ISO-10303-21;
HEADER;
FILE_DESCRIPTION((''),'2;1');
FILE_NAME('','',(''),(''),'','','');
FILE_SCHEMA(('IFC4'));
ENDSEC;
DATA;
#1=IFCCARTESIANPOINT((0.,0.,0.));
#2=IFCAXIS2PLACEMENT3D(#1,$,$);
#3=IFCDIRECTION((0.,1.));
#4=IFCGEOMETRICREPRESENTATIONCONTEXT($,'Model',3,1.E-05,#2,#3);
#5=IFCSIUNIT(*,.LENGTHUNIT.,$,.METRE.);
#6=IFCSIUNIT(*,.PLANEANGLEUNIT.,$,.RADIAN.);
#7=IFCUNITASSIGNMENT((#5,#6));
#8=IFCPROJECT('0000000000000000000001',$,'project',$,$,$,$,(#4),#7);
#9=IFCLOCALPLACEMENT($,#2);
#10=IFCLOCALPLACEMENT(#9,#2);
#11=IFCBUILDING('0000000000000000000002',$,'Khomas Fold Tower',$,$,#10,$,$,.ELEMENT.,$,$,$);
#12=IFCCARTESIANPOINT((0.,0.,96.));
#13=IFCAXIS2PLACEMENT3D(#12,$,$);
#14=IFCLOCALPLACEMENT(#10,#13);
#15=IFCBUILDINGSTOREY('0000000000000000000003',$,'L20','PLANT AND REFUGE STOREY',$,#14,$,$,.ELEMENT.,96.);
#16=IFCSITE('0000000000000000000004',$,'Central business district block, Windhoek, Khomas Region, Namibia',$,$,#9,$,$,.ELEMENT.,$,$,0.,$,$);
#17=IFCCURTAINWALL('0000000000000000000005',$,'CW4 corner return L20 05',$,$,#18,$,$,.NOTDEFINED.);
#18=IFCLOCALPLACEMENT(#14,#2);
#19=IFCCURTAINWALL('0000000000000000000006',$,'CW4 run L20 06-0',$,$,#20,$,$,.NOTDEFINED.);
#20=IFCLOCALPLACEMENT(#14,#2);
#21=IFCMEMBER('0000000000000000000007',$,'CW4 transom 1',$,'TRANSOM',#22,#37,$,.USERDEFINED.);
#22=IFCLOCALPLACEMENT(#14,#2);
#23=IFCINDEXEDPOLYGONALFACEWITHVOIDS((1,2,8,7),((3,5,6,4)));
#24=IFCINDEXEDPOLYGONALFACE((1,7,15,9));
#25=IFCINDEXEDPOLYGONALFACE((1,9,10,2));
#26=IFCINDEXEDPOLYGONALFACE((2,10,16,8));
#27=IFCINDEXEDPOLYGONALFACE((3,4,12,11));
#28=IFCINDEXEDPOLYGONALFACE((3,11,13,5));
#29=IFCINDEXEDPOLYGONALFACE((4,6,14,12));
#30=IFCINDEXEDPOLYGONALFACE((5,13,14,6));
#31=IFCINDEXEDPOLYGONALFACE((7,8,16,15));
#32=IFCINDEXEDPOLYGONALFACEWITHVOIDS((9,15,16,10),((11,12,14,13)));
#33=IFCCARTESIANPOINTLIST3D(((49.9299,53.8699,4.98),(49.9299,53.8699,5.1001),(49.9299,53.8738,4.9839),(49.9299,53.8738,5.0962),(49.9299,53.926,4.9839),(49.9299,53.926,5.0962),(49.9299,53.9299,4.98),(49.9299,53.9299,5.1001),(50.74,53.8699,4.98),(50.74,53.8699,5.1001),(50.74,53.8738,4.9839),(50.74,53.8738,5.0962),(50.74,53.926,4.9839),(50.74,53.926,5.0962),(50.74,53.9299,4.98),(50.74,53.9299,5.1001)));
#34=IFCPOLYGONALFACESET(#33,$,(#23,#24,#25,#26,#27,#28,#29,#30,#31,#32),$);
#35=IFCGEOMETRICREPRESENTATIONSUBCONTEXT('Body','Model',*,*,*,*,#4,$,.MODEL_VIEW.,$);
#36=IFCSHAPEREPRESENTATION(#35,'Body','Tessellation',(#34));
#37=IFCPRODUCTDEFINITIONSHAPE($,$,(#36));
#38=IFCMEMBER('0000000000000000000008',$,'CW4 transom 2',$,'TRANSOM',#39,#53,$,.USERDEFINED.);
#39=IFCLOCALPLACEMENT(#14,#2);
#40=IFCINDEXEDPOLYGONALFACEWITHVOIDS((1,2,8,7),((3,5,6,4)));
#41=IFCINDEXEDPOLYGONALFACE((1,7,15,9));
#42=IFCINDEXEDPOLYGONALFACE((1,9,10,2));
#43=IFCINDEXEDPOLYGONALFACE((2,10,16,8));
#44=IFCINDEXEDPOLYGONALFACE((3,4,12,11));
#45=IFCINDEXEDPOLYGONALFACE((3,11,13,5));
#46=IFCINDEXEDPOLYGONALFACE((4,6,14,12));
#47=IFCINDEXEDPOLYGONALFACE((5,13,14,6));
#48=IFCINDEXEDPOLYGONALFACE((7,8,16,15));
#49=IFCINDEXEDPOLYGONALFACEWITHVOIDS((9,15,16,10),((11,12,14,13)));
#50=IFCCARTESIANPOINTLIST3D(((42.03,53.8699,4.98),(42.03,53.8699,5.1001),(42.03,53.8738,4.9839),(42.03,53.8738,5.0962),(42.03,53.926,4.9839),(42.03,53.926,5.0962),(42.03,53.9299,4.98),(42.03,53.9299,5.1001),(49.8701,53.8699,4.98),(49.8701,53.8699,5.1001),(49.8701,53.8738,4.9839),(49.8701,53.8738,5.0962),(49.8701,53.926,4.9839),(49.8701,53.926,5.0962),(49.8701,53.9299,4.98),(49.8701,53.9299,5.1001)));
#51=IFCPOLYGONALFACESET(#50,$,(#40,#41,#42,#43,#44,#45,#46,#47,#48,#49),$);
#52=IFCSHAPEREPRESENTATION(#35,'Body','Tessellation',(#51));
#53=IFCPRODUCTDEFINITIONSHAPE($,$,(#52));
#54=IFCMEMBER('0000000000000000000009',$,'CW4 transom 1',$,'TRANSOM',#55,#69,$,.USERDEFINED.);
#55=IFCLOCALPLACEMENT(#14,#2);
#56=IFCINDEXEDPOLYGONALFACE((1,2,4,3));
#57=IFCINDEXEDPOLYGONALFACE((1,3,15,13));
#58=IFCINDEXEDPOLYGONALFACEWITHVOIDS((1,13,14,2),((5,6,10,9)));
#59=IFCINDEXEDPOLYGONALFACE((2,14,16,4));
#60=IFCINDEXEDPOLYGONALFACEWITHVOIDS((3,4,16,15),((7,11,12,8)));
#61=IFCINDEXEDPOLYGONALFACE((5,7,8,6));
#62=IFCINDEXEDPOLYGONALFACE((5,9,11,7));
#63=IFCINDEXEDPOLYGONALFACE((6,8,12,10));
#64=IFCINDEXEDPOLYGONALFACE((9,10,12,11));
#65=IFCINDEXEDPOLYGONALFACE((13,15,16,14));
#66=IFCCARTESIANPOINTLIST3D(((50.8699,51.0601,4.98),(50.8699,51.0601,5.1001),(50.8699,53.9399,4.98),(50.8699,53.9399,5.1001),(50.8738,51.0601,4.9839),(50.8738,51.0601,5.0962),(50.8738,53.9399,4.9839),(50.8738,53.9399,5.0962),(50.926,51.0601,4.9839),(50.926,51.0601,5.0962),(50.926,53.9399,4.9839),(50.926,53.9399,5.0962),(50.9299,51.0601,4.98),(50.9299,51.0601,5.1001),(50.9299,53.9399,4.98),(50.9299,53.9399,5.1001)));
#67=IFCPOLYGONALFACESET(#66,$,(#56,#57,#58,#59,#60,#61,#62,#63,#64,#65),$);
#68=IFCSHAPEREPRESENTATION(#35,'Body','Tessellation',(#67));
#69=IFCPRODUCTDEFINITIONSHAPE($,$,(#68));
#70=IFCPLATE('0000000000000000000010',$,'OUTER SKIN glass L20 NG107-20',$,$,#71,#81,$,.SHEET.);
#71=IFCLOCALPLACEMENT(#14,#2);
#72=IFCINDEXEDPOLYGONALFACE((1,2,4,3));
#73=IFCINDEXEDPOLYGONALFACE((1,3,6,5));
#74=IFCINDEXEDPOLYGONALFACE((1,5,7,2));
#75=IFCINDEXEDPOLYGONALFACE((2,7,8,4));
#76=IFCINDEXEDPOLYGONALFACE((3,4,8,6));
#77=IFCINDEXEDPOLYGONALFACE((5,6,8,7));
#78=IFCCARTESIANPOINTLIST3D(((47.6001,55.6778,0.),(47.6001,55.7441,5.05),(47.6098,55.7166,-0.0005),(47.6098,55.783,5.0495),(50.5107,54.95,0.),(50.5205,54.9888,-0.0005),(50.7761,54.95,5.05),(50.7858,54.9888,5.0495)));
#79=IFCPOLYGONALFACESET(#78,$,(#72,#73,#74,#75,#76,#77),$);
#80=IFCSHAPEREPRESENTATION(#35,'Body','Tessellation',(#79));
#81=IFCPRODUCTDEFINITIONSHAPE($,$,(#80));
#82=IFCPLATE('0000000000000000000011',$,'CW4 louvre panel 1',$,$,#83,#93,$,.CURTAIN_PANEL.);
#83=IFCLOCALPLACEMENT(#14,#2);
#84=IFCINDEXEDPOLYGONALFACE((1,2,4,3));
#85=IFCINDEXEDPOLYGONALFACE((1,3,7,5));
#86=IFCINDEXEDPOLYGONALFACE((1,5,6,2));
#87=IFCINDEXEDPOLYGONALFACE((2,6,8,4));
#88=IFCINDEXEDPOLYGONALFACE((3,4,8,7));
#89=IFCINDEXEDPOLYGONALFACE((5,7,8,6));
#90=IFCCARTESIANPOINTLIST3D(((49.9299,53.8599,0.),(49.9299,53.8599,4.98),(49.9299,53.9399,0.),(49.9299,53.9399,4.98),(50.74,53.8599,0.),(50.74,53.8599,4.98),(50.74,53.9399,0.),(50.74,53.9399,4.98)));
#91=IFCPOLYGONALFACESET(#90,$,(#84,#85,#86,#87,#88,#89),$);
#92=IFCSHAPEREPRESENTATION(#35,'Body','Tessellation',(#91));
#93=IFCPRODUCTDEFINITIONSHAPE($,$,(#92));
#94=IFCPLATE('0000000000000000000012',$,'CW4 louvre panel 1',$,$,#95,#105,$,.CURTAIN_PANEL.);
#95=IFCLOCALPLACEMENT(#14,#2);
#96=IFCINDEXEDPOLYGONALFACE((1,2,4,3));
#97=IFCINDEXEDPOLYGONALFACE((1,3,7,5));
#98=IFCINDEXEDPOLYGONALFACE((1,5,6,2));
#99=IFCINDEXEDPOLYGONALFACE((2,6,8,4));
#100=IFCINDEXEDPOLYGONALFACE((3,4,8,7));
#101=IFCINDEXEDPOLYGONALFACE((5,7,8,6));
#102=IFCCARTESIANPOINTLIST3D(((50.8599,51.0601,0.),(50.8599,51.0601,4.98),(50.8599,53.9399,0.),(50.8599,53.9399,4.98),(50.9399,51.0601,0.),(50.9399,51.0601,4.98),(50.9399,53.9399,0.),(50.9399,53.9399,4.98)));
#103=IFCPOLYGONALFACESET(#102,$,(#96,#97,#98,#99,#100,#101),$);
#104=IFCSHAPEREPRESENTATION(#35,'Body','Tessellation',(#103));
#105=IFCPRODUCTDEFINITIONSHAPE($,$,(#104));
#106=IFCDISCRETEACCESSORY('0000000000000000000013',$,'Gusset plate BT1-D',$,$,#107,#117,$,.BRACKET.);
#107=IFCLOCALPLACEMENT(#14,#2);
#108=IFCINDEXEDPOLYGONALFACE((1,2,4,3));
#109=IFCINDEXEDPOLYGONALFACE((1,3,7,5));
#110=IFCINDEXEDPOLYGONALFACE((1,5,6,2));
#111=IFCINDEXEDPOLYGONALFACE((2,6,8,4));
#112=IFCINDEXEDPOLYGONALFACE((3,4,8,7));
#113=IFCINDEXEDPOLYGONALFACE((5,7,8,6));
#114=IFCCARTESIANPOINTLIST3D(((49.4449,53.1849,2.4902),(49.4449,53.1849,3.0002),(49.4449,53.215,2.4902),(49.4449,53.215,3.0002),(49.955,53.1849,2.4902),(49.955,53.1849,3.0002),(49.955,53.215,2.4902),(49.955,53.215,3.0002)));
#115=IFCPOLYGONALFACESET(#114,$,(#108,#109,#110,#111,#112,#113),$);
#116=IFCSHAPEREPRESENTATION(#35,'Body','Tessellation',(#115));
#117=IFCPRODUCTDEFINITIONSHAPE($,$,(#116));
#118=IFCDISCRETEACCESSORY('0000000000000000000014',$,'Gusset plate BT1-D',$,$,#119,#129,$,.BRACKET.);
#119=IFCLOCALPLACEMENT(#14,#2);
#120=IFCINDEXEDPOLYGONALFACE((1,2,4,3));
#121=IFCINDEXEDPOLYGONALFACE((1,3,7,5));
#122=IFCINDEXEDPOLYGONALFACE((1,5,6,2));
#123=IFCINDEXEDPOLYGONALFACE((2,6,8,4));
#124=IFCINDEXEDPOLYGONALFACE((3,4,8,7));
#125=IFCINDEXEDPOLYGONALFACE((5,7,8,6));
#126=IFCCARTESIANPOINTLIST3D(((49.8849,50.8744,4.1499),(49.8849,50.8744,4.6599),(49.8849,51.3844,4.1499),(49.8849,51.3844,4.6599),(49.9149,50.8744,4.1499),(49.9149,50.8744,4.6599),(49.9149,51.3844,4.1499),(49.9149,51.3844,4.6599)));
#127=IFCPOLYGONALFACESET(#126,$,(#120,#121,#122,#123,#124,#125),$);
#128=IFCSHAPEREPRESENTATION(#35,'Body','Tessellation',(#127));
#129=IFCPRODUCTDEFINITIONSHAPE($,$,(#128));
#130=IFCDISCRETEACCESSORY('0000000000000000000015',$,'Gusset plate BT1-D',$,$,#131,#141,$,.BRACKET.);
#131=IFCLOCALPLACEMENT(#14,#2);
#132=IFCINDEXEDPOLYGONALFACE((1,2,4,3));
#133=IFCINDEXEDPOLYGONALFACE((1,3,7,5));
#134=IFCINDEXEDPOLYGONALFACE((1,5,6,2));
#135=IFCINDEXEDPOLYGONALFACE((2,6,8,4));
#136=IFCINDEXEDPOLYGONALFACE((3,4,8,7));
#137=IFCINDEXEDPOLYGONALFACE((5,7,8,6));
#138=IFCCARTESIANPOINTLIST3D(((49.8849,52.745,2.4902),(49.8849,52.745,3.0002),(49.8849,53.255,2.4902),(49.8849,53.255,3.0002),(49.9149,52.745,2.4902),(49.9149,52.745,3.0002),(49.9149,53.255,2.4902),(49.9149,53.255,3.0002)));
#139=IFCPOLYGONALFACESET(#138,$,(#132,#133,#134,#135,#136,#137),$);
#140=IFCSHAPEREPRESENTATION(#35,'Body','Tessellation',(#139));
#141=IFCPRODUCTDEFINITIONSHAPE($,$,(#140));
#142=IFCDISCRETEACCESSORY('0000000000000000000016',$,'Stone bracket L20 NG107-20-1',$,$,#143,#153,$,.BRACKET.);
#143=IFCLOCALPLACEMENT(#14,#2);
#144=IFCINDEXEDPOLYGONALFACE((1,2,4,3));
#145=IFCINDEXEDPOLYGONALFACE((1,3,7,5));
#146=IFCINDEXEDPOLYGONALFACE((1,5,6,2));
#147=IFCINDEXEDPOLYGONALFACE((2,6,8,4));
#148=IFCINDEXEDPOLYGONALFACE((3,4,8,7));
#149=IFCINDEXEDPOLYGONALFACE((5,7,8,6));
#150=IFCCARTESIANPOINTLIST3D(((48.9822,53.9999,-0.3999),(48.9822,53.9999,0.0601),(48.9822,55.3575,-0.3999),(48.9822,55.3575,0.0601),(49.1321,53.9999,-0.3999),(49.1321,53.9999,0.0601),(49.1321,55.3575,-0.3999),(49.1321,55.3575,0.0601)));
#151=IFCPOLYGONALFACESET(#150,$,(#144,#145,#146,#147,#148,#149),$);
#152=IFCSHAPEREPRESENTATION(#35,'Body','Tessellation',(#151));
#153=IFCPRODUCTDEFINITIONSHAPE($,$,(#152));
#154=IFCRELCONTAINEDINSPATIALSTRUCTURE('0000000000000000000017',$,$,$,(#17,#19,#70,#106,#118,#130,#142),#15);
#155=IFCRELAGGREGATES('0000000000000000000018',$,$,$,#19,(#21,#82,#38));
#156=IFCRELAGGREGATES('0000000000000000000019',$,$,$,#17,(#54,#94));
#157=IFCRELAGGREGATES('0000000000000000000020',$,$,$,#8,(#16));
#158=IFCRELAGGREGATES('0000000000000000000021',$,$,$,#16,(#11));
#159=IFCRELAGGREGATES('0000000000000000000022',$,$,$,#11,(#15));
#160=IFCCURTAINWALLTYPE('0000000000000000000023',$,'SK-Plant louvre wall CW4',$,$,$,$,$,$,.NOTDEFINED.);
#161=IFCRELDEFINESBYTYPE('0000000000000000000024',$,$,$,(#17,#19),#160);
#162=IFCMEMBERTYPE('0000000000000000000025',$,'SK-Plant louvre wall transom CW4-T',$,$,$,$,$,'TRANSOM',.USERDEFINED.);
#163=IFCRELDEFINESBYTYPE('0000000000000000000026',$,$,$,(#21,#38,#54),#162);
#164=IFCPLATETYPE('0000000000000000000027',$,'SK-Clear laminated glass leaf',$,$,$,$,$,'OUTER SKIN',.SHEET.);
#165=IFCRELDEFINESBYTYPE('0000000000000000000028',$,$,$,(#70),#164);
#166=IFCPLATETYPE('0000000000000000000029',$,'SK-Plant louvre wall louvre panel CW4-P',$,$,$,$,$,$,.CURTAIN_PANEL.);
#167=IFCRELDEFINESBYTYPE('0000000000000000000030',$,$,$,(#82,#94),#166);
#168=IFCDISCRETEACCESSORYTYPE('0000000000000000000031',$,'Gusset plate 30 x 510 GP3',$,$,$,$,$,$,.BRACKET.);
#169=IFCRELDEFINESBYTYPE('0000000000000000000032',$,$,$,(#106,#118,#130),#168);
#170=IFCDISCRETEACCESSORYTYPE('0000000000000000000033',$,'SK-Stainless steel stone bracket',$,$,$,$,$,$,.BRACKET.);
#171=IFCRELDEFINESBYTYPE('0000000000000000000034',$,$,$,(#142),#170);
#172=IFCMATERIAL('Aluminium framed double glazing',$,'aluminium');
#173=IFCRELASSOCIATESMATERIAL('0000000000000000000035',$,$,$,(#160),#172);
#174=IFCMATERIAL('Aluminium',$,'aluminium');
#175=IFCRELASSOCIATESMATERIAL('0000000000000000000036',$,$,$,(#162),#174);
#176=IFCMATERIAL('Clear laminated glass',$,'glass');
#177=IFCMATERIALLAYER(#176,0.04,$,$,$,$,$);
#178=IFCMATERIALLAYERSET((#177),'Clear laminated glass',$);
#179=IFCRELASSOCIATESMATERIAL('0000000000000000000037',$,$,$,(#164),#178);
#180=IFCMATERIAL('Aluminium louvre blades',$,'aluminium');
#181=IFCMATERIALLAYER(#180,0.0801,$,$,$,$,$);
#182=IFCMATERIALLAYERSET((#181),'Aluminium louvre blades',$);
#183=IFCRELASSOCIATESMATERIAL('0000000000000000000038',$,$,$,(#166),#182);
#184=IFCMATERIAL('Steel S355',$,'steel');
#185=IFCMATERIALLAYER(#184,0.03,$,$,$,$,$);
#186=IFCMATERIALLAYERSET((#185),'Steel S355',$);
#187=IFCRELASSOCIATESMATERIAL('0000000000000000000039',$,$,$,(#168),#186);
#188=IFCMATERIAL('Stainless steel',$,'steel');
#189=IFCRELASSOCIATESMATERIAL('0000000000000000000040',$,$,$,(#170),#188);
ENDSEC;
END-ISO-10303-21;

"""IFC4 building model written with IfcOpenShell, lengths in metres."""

from ifc_helpers import new_model, si_unit, direction, frame, origin, origin_2d, place, context, subcontext, project, spatial, polyline, rectangle, hollow_rectangle, outline, extrude, source, transform, mapped, material, layer, layer_set, material_profile, profile_set, type_object, element, aggregate, save


model = new_model("IFC4")

# Units and contexts
model_context = context("Model", 3, precision=1e-05, world=origin(), true_north=direction((0.0, 1.0)))
body_context = subcontext(model_context, "Body", "Model", "MODEL_VIEW")
ifc_project = project(units=[si_unit("LENGTHUNIT", "METRE"), si_unit("PLANEANGLEUNIT", "RADIAN")], contexts=[model_context])

# Site, building, storey
site_placement = place(None, origin())
site = spatial("IfcSite", under=ifc_project, at=site_placement, Name="Central business district block, Windhoek, Khomas Region, Namibia", CompositionType="ELEMENT", RefElevation=0.0)
building_placement = place(site_placement, origin())
building = spatial("IfcBuilding", under=site, at=building_placement, Name="Khomas Fold Tower", CompositionType="ELEMENT")
storey_placement = place(building_placement, frame((0.0, 0.0, 96.0)))
storey = spatial("IfcBuildingStorey", under=building, at=storey_placement, Name="L20", Description="PLANT AND REFUGE STOREY", CompositionType="ELEMENT", Elevation=96.0)

# Curtain wall
ifc_material_1 = material(Name="Aluminium framed double glazing", Category="aluminium")
curtain_wall_type = type_object("IfcCurtainWallType", Name="SK-Plant louvre wall CW4", PredefinedType="NOTDEFINED", material=ifc_material_1)
curtain_wall_1_placement = place(storey_placement, origin())
curtain_wall_1 = element("IfcCurtainWall", 1, at=curtain_wall_1_placement, inside=storey, type_object=curtain_wall_type, Name="CW4 corner return L20 05", PredefinedType="NOTDEFINED")

# Curtain wall, members
curtain_wall_2_placement = place(storey_placement, origin())
curtain_wall_2 = element("IfcCurtainWall", 2, at=curtain_wall_2_placement, inside=storey, type_object=curtain_wall_type, Name="CW4 run L20 06-0", PredefinedType="NOTDEFINED")
ifc_material_2 = material(Name="Aluminium", Category="aluminium")
ifc_material_profile_1 = material_profile(ifc_material_2, hollow_rectangle(XDim=0.0601, YDim=0.1201, WallThickness=0.0039, at=origin_2d()), Name="SK-Plant louvre wall transom CW4-T")
ifc_profile_set_1 = profile_set([ifc_material_profile_1], Name="Aluminium")
member_type_1 = type_object("IfcMemberType", Name="SK-Plant louvre wall transom CW4-T", ElementType="TRANSOM", PredefinedType="USERDEFINED", material=ifc_profile_set_1)
shared_shape_1 = source(origin(), body_context, "Body", "SweptSolid", [
    extrude(hollow_rectangle(XDim=0.0601, YDim=0.1201, WallThickness=0.0039, at=origin_2d()), origin(), (0.0, 0.0, 1.0), 0.8101),
])
member_1_placement = place(storey_placement, frame((50.74, 53.8999, 5.04), z_axis=(-1.0, 0.0, 0.0), x_axis=(0.0, -1.0, 0.0)))
member_1 = element("IfcMember", 3, at=member_1_placement, type_object=member_type_1, Name="CW4 transom 1", ObjectType="TRANSOM", PredefinedType="USERDEFINED", context=body_context, shape_type="MappedRepresentation", body=[
    mapped(shared_shape_1, transform((0.0, 0.0, 0.0))),
])
shared_shape_2 = source(origin(), body_context, "Body", "SweptSolid", [
    extrude(hollow_rectangle(XDim=0.0601, YDim=0.1201, WallThickness=0.0039, at=origin_2d()), origin(), (0.0, 0.0, 1.0), 7.8401),
])
member_2_placement = place(storey_placement, frame((49.8701, 53.8999, 5.04), z_axis=(-1.0, 0.0, 0.0), x_axis=(0.0, -1.0, 0.0)))
member_2 = element("IfcMember", 4, at=member_2_placement, type_object=member_type_1, Name="CW4 transom 2", ObjectType="TRANSOM", PredefinedType="USERDEFINED", context=body_context, shape_type="MappedRepresentation", body=[
    mapped(shared_shape_2, transform((0.0, 0.0, 0.0))),
])

# Member
shared_shape_3 = source(origin(), body_context, "Body", "SweptSolid", [
    extrude(hollow_rectangle(XDim=0.0601, YDim=0.1201, WallThickness=0.0039, at=origin_2d()), origin(), (0.0, 0.0, 1.0), 2.8799),
])
member_3_placement = place(storey_placement, frame((50.8999, 51.0601, 5.04), z_axis=(0.0, 1.0, 0.0), x_axis=(-1.0, 0.0, 0.0)))
member_3 = element("IfcMember", 5, at=member_3_placement, type_object=member_type_1, Name="CW4 transom 1", ObjectType="TRANSOM", PredefinedType="USERDEFINED", context=body_context, shape_type="MappedRepresentation", body=[
    mapped(shared_shape_3, transform((0.0, 0.0, 0.0))),
])

# Plates
ifc_material_3 = material(Name="Clear laminated glass", Category="glass")
ifc_layer_1 = layer(ifc_material_3, 0.04)
ifc_layer_set_1 = layer_set([ifc_layer_1], Name="Clear laminated glass")
plate_type_1 = type_object("IfcPlateType", Name="SK-Clear laminated glass leaf", ElementType="OUTER SKIN", PredefinedType="SHEET", material=ifc_layer_set_1)
plate_1_placement = place(storey_placement, frame((50.5107, 54.95, 0.0), z_axis=(-0.242562, -0.970052, 0.012751), x_axis=(-0.970131, 0.242581, 0.0)))
element("IfcPlate", 6, at=plate_1_placement, inside=storey, type_object=plate_type_1, Name="OUTER SKIN glass L20 NG107-20", PredefinedType="SHEET", context=body_context, shape_type="SweptSolid", body=[
    extrude(outline(polyline([(0.0, 0.0), (3.0003, 0.0), (3.0164, -5.0505), (-0.2575, -5.0505), (0.0, 0.0)])), origin(), (0.0, 0.0, -1.0), 0.04),
])
ifc_material_4 = material(Name="Aluminium louvre blades", Category="aluminium")
ifc_layer_2 = layer(ifc_material_4, 0.0801)
ifc_layer_set_2 = layer_set([ifc_layer_2], Name="Aluminium louvre blades")
plate_type_2 = type_object("IfcPlateType", Name="SK-Plant louvre wall louvre panel CW4-P", PredefinedType="CURTAIN_PANEL", material=ifc_layer_set_2)
shared_shape_4 = source(origin(), body_context, "Body", "SweptSolid", [
    extrude(rectangle(XDim=0.8101, YDim=0.0801, at=origin_2d()), origin(), (0.0, 0.0, 1.0), 4.98),
])
plate_2_placement = place(storey_placement, frame((50.335, 53.8999, 0.0), z_axis=(0.0, 0.0, 1.0), x_axis=(-1.0, 0.0, 0.0)))
plate_2 = element("IfcPlate", 7, at=plate_2_placement, type_object=plate_type_2, Name="CW4 louvre panel 1", PredefinedType="CURTAIN_PANEL", context=body_context, shape_type="MappedRepresentation", body=[
    mapped(shared_shape_4, transform((0.0, 0.0, 0.0))),
])
aggregate(curtain_wall_2, [member_1, plate_2, member_2])
shared_shape_5 = source(origin(), body_context, "Body", "SweptSolid", [
    extrude(rectangle(XDim=2.8799, YDim=0.0801, at=origin_2d()), origin(), (0.0, 0.0, 1.0), 4.98),
])
plate_3_placement = place(storey_placement, frame((50.8999, 52.5, 0.0), z_axis=(0.0, 0.0, 1.0), x_axis=(0.0, 1.0, 0.0)))
plate_3 = element("IfcPlate", 8, at=plate_3_placement, type_object=plate_type_2, Name="CW4 louvre panel 1", PredefinedType="CURTAIN_PANEL", context=body_context, shape_type="MappedRepresentation", body=[
    mapped(shared_shape_5, transform((0.0, 0.0, 0.0))),
])
aggregate(curtain_wall_1, [member_3, plate_3])

# Discrete accessories
ifc_material_5 = material(Name="Steel S355", Category="steel")
ifc_layer_3 = layer(ifc_material_5, 0.03)
ifc_layer_set_3 = layer_set([ifc_layer_3], Name="Steel S355")
discrete_accessory_type_1 = type_object("IfcDiscreteAccessoryType", Name="Gusset plate 30 x 510 GP3", PredefinedType="BRACKET", material=ifc_layer_set_3)
shared_shape_6 = source(origin(), body_context, "Body", "SweptSolid", [
    extrude(rectangle(XDim=0.51, YDim=0.03, at=origin_2d()), origin(), (0.0, 0.0, 1.0), 0.51),
])
for number, where, z_axis, x_axis, name in (
    (9, (49.7, 53.2, 2.4902), (0.0, 0.0, 1.0), (1.0, 0.0, 0.0), "Gusset plate BT1-D"),
    (10, (49.8999, 51.1294, 4.1499), (0.0, 0.0, 1.0), (0.0, 1.0, 0.0), "Gusset plate BT1-D"),
    (11, (49.8999, 53.0, 2.4902), (0.0, 0.0, 1.0), (0.0, 1.0, 0.0), "Gusset plate BT1-D"),
):
    element("IfcDiscreteAccessory", number, at=place(storey_placement, frame(where, z_axis=z_axis, x_axis=x_axis)), inside=storey, type_object=discrete_accessory_type_1, Name=name, PredefinedType="BRACKET", context=body_context, shape_type="MappedRepresentation", body=[
        mapped(shared_shape_6, transform((0.0, 0.0, 0.0))),
    ])
ifc_material_6 = material(Name="Stainless steel", Category="steel")
discrete_accessory_type_2 = type_object("IfcDiscreteAccessoryType", Name="SK-Stainless steel stone bracket", PredefinedType="BRACKET", material=ifc_material_6)
shared_shape_7 = source(origin(), body_context, "Body", "SweptSolid", [
    extrude(rectangle(XDim=1.3577, YDim=0.1499, at=origin_2d()), origin(), (0.0, 0.0, 1.0), 0.46),
])
discrete_accessory_placement = place(storey_placement, frame((49.0571, 54.6787, -0.3999), z_axis=(0.0, 0.0, 1.0), x_axis=(0.0, 1.0, 0.0)))
element("IfcDiscreteAccessory", 12, at=discrete_accessory_placement, inside=storey, type_object=discrete_accessory_type_2, Name="Stone bracket L20 NG107-20-1", PredefinedType="BRACKET", context=body_context, shape_type="MappedRepresentation", body=[
    mapped(shared_shape_7, transform((0.0, 0.0, 0.0))),
])

save(model, "model.ifc")
